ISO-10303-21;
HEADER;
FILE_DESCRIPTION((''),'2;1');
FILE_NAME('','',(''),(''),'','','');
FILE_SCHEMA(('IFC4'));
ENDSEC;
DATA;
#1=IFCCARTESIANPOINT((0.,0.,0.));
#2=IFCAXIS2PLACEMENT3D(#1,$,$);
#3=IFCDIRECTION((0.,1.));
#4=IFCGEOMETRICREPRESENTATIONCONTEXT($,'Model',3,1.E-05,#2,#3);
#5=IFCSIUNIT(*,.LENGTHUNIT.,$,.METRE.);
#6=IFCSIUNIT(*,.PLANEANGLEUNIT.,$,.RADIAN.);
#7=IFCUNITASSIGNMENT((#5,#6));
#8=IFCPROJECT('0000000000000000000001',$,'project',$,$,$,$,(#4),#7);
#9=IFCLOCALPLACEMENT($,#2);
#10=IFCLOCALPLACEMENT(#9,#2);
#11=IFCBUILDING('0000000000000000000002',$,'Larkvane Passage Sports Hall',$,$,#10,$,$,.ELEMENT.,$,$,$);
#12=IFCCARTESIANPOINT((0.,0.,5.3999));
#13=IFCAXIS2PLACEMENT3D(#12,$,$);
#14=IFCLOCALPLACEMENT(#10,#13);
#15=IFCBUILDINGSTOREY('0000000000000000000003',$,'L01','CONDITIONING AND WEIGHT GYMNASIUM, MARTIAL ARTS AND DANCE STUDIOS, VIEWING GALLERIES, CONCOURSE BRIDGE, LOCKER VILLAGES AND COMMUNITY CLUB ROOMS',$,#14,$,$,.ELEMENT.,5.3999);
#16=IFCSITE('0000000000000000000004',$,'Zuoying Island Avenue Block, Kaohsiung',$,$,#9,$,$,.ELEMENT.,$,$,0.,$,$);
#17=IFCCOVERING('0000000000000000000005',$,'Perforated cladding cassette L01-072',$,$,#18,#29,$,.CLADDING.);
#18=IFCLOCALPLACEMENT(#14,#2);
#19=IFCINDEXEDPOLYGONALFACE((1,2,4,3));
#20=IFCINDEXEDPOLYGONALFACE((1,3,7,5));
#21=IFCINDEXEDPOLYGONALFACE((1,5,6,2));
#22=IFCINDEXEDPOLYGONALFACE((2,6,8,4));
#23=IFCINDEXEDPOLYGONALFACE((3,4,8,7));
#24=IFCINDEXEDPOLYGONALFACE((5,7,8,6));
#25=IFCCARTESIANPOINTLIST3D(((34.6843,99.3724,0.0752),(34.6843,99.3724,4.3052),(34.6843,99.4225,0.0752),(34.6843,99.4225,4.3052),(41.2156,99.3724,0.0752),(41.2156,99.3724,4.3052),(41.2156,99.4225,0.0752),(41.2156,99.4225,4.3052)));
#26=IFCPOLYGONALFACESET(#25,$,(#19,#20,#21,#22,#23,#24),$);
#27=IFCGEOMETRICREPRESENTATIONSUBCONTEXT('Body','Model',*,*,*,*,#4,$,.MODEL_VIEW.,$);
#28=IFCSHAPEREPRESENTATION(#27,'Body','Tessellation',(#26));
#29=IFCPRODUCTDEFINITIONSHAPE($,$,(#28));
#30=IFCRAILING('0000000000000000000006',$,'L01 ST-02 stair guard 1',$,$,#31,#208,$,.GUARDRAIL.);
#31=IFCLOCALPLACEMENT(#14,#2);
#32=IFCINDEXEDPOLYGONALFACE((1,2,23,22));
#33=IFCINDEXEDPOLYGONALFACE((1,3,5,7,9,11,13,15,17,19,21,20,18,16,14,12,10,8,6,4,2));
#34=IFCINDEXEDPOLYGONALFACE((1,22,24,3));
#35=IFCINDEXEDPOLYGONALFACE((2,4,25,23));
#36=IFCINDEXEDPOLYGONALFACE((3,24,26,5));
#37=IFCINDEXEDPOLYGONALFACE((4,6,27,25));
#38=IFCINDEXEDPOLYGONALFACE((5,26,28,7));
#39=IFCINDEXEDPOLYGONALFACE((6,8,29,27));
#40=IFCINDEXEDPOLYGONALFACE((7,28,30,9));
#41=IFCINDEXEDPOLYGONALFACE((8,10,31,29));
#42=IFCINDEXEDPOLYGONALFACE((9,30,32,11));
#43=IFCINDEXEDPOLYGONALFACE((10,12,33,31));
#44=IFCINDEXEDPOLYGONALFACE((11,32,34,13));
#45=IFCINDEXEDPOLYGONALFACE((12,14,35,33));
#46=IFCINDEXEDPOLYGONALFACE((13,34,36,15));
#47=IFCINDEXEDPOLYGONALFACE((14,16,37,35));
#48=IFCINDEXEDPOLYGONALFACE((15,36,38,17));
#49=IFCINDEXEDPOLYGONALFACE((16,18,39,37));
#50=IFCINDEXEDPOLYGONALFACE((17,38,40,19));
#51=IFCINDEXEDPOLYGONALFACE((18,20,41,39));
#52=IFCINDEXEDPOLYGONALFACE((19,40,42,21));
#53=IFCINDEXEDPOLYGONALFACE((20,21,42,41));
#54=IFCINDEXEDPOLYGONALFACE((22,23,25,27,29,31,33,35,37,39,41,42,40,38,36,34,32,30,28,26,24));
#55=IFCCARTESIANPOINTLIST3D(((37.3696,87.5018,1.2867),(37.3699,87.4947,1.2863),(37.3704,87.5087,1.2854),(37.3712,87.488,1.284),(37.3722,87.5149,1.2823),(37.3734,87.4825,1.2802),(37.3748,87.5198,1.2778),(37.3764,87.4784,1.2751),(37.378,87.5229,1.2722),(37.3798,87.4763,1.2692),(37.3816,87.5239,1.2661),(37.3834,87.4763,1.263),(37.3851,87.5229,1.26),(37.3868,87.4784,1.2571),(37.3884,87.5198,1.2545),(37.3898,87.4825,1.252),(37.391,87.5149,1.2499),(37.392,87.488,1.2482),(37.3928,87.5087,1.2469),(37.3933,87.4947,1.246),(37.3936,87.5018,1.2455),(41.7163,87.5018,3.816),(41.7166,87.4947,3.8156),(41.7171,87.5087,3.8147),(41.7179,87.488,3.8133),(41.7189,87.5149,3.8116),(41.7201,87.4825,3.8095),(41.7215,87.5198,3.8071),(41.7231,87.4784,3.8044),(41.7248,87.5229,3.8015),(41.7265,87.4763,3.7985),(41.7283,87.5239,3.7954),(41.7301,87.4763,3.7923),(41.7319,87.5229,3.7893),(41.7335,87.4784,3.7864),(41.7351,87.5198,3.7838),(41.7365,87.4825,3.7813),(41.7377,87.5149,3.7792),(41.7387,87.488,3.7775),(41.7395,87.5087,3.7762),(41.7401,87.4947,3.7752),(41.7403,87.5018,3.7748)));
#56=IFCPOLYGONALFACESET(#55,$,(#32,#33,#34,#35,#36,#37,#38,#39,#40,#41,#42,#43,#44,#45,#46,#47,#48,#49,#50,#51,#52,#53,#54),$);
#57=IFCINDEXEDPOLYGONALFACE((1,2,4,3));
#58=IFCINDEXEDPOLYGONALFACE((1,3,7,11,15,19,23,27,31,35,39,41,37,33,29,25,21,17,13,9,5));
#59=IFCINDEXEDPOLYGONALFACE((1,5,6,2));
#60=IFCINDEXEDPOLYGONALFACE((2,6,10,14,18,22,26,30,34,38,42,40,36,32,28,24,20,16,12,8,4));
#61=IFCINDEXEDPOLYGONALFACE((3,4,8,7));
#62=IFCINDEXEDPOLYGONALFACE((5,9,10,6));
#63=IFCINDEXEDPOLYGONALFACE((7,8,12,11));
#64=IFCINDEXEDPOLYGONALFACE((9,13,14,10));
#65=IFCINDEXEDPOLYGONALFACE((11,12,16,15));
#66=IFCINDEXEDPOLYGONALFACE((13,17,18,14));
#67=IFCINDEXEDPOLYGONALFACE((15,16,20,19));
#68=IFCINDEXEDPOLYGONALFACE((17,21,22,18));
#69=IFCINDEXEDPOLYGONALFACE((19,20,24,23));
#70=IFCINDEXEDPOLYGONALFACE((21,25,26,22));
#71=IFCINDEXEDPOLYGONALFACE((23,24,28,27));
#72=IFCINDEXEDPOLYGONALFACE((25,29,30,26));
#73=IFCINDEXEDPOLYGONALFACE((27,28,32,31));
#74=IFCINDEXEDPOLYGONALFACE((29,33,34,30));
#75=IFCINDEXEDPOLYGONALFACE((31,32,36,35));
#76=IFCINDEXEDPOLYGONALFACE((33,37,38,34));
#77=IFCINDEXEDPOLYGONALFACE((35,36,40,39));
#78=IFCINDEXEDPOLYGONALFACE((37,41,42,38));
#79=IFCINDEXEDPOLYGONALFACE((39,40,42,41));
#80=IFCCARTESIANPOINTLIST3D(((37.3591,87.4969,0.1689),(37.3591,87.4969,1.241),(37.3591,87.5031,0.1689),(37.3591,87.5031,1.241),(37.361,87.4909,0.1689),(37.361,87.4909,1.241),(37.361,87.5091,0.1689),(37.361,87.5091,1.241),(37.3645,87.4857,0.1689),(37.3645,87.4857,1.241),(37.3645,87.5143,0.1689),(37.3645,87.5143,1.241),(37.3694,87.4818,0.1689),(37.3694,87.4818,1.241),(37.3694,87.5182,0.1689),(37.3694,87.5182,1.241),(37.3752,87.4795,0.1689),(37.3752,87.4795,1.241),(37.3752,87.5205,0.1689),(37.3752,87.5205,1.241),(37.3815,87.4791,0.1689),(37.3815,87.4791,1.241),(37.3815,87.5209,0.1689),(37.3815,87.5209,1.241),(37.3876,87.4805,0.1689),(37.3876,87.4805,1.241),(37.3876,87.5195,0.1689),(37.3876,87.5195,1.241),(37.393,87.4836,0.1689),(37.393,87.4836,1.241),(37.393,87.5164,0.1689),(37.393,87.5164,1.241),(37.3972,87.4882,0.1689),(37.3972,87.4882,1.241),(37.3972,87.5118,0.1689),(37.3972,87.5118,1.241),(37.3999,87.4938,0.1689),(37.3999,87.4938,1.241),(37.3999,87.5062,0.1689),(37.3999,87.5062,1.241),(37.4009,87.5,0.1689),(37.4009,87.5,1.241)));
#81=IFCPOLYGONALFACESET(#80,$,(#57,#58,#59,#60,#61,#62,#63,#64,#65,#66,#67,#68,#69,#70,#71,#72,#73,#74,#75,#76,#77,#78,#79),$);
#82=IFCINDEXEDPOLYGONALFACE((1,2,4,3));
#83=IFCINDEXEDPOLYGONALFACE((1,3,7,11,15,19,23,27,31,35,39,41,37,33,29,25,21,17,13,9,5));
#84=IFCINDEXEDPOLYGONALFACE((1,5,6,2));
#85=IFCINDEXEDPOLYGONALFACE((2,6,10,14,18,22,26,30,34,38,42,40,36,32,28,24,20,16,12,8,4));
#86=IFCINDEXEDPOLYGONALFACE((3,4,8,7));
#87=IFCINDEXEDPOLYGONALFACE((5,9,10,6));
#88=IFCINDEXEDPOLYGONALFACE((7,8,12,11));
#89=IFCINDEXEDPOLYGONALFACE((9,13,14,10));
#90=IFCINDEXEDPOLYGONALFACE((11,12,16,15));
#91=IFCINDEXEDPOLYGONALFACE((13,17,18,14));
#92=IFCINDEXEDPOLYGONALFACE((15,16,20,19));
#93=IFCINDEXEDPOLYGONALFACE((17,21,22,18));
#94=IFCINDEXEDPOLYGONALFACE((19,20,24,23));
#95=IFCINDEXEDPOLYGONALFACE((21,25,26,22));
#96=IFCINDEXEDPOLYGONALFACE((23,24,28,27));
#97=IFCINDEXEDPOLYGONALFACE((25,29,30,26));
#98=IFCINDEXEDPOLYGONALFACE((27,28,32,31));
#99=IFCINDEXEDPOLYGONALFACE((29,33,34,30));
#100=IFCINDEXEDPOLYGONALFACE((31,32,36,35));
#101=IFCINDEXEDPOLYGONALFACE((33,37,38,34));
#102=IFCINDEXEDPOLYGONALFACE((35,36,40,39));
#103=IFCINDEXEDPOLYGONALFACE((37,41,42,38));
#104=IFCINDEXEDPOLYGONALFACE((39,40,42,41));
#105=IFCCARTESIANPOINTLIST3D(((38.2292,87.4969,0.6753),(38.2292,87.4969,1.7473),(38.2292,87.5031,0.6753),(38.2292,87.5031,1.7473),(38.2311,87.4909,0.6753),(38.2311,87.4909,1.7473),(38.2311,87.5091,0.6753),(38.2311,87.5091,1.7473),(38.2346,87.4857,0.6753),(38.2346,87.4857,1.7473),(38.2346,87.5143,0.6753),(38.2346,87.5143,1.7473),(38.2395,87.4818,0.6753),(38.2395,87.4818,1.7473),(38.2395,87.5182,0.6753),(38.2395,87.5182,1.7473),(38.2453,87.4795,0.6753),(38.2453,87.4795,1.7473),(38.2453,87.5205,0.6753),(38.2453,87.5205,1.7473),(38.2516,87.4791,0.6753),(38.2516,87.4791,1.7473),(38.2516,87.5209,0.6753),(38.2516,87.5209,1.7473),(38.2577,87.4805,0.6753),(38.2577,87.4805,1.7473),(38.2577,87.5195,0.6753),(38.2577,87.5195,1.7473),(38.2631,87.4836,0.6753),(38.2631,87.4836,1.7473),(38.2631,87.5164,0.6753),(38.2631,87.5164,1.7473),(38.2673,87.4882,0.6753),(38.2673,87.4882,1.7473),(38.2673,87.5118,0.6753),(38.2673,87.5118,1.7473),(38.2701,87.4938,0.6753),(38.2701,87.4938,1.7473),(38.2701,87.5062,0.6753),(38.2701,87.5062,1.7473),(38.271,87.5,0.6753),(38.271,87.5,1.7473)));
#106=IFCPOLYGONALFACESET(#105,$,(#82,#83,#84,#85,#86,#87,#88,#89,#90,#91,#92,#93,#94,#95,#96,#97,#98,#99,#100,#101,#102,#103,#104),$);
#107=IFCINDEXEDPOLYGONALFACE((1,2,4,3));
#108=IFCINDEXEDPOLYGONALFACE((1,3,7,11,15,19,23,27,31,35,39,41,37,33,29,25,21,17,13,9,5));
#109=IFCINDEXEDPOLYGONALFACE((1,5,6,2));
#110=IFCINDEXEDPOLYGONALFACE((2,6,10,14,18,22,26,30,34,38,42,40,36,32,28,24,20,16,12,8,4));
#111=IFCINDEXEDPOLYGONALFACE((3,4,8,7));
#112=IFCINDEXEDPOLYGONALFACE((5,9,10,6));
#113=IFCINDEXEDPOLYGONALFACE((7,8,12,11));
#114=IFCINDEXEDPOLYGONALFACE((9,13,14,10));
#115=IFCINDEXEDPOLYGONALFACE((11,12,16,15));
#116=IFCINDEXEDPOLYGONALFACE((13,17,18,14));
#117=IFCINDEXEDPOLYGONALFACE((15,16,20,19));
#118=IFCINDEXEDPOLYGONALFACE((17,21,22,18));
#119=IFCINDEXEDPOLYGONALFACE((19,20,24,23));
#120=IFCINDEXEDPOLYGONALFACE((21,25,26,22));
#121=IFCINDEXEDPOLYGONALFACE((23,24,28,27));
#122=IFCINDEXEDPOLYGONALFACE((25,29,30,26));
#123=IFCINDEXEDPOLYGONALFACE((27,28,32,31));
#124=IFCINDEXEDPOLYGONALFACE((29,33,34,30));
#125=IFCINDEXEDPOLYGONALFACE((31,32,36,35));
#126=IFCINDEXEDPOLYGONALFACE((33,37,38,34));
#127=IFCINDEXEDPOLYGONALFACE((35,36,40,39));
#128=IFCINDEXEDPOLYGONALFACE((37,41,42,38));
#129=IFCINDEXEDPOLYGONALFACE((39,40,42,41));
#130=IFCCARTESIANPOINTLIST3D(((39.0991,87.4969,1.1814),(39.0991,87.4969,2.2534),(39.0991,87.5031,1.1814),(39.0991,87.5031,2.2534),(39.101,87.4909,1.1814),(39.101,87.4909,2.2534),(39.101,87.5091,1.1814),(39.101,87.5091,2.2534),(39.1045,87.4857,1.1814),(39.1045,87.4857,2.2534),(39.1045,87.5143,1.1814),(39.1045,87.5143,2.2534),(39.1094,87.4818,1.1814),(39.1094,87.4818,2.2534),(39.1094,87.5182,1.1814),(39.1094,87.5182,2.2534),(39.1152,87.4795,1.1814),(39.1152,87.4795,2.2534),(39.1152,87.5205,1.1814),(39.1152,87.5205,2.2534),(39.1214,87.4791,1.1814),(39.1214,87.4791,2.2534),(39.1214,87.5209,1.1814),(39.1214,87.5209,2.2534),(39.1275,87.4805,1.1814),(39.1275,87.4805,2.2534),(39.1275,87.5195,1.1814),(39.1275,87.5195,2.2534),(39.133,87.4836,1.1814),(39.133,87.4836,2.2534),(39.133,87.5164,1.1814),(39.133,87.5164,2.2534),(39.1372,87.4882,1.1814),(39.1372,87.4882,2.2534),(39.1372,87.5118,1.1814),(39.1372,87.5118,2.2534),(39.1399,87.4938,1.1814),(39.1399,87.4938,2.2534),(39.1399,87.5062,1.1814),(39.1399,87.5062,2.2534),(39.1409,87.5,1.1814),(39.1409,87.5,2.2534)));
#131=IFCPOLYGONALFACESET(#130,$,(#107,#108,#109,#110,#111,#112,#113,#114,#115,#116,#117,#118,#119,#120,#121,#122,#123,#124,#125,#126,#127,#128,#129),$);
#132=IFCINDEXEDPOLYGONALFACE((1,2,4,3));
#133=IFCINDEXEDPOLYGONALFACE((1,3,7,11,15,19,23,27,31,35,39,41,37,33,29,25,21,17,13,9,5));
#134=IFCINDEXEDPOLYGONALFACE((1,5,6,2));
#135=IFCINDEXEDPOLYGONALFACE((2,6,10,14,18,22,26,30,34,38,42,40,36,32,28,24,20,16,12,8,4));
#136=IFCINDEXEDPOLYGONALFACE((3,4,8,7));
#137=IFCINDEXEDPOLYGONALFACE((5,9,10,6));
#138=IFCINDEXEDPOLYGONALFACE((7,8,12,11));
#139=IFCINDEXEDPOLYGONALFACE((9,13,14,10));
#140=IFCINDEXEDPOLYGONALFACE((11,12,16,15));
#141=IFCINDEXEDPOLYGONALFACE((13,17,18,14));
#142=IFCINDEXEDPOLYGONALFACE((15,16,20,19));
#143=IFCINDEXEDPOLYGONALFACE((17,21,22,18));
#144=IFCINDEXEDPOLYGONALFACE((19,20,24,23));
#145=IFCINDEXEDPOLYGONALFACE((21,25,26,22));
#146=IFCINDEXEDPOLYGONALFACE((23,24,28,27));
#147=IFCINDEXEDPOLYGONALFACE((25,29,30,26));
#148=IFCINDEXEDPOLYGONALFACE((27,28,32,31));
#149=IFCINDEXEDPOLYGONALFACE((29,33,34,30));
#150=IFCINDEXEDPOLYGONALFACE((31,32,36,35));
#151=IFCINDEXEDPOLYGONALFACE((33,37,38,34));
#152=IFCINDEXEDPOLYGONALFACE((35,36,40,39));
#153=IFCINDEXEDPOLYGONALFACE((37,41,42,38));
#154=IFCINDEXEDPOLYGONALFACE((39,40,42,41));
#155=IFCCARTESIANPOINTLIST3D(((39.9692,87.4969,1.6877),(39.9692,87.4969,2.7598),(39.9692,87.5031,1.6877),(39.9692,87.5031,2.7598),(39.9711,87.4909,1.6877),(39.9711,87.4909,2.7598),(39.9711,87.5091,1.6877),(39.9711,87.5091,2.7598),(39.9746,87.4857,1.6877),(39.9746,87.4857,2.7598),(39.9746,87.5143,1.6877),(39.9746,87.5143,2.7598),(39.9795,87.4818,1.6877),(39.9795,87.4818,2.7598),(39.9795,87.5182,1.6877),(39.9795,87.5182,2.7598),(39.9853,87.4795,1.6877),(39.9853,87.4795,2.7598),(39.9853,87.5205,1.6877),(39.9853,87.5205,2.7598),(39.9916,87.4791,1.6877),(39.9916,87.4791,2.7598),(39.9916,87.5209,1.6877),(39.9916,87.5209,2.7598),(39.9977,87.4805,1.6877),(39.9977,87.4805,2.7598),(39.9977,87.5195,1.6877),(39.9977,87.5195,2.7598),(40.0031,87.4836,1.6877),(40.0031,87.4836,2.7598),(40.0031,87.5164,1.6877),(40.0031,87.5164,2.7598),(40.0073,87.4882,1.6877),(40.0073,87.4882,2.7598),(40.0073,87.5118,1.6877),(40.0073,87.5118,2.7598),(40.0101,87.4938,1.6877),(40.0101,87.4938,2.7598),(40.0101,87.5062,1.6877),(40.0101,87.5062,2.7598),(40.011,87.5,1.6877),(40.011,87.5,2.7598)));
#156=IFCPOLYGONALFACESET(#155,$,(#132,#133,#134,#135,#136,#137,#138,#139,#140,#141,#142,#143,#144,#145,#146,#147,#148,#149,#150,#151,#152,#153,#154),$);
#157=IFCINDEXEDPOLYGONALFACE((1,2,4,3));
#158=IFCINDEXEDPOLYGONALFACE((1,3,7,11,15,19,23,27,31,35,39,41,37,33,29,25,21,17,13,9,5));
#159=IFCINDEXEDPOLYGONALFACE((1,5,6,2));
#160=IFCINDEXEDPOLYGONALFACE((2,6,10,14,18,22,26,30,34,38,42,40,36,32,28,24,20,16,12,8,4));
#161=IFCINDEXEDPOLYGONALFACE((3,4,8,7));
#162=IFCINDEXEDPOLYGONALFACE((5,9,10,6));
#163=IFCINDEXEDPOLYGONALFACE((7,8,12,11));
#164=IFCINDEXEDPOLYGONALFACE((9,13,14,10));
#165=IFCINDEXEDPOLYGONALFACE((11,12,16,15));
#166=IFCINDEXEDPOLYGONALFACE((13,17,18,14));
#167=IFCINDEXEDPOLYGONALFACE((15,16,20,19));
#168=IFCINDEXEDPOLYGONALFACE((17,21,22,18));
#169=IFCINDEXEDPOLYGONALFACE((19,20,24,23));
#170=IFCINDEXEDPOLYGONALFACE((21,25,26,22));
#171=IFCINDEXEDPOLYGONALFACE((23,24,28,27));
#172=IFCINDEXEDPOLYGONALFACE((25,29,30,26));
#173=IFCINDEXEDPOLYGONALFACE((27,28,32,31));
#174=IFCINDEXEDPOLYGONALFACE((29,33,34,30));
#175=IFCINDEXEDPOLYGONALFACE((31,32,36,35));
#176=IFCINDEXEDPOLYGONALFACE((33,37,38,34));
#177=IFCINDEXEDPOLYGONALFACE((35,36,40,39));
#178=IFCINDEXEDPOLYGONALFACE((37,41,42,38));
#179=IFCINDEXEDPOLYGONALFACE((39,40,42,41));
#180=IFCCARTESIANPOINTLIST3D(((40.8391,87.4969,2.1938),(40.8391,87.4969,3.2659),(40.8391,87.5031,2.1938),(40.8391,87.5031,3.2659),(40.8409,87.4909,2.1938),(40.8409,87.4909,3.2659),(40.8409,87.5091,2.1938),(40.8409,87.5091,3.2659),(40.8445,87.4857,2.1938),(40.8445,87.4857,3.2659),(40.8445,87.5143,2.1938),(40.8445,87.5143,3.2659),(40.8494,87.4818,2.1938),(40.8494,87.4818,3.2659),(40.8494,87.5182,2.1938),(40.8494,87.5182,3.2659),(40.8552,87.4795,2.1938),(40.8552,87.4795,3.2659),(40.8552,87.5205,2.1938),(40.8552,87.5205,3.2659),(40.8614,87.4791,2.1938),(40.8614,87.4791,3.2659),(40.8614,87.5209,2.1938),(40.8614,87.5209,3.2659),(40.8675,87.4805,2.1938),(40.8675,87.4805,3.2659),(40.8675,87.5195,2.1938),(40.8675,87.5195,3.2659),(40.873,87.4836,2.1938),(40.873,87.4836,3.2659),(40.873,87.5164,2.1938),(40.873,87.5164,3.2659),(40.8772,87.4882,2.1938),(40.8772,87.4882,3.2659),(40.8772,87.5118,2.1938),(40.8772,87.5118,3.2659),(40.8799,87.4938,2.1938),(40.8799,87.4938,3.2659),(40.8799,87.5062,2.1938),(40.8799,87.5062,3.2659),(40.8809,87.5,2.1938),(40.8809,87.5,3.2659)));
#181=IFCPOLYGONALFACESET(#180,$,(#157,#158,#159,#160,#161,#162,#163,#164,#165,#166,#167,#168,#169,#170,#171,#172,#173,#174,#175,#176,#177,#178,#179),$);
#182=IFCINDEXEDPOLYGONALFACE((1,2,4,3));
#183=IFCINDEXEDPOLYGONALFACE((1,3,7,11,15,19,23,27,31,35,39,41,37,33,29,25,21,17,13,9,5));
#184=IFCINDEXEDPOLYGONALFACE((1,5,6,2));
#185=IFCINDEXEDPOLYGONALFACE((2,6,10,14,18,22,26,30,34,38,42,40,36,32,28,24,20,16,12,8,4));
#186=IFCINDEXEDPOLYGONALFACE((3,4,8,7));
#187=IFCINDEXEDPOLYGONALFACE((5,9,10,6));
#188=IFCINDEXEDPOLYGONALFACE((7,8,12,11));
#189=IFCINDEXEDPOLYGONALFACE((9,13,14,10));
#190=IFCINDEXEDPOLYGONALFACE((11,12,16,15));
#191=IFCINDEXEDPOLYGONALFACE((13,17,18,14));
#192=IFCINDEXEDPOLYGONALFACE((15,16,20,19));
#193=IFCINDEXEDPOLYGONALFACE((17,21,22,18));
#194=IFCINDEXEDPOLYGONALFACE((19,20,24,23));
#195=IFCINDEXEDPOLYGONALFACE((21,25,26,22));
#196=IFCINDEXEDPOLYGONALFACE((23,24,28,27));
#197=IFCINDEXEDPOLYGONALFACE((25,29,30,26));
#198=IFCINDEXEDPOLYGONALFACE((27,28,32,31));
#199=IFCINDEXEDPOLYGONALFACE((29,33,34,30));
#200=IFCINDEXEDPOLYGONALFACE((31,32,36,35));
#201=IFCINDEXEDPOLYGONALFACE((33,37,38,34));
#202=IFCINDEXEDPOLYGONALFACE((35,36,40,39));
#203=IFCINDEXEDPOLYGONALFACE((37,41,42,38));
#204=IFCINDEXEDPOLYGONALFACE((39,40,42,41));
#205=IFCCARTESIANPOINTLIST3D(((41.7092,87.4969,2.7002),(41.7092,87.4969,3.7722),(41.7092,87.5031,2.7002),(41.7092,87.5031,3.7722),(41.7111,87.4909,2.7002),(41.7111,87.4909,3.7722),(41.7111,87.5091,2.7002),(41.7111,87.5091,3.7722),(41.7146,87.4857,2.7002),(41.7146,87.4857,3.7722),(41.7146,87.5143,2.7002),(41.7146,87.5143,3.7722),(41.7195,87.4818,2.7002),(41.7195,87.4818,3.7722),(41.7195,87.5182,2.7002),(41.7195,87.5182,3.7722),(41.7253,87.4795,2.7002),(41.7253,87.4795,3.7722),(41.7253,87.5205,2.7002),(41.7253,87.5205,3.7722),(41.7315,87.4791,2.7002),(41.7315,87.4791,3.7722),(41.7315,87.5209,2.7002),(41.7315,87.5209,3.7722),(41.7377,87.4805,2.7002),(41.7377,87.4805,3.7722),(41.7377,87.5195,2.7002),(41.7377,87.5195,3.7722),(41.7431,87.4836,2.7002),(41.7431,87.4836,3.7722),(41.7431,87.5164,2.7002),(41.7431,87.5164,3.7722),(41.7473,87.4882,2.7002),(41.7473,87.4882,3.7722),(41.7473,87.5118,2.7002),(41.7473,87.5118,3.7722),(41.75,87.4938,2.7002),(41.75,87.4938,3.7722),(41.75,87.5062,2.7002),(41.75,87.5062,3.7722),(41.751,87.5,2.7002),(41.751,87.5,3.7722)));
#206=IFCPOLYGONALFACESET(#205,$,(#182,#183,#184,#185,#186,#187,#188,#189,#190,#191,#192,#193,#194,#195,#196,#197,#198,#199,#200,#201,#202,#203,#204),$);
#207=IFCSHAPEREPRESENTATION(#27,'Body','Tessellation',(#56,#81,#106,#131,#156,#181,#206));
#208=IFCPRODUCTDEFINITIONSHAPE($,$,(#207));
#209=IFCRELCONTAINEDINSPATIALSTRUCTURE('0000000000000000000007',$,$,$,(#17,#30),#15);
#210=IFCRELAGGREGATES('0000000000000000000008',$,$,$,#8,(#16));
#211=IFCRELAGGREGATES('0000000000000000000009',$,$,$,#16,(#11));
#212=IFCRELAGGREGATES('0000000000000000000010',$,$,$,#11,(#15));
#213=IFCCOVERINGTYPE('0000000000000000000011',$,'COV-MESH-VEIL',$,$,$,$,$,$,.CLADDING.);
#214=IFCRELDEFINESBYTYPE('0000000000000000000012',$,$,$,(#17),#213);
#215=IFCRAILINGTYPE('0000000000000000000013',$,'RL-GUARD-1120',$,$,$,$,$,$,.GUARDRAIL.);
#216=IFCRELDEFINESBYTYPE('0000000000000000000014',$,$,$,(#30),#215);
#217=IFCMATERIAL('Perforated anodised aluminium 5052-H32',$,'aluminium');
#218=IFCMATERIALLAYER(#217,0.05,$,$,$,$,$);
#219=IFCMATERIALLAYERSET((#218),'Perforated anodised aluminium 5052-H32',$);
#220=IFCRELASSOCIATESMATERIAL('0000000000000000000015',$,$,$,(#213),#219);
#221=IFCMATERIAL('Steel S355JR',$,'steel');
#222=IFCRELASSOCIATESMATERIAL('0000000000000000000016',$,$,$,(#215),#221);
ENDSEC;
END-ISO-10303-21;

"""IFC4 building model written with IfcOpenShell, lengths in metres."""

from ifc_helpers import new_model, si_unit, direction, frame, origin, origin_2d, place, context, subcontext, project, spatial, rectangle, circle, extrude, material, layer, layer_set, type_object, element, save


model = new_model("IFC4")

# Units and contexts
model_context = context("Model", 3, precision=1e-05, world=origin(), true_north=direction((0.0, 1.0)))
body_context = subcontext(model_context, "Body", "Model", "MODEL_VIEW")
ifc_project = project(units=[si_unit("LENGTHUNIT", "METRE"), si_unit("PLANEANGLEUNIT", "RADIAN")], contexts=[model_context])

# Site, building, storey
site_placement = place(None, origin())
site = spatial("IfcSite", under=ifc_project, at=site_placement, Name="Zuoying Island Avenue Block, Kaohsiung", CompositionType="ELEMENT", RefElevation=0.0)
building_placement = place(site_placement, origin())
building = spatial("IfcBuilding", under=site, at=building_placement, Name="Larkvane Passage Sports Hall", CompositionType="ELEMENT")
storey_placement = place(building_placement, frame((0.0, 0.0, 5.3999)))
storey = spatial("IfcBuildingStorey", under=building, at=storey_placement, Name="L01", Description="CONDITIONING AND WEIGHT GYMNASIUM, MARTIAL ARTS AND DANCE STUDIOS, VIEWING GALLERIES, CONCOURSE BRIDGE, LOCKER VILLAGES AND COMMUNITY CLUB ROOMS", CompositionType="ELEMENT", Elevation=5.3999)

# Shared definitions
ifc_material_1 = material(Name="Steel S355JR", Category="steel")

# Covering
ifc_material_2 = material(Name="Perforated anodised aluminium 5052-H32", Category="aluminium")
ifc_layer_1 = layer(ifc_material_2, 0.05)
ifc_layer_set_1 = layer_set([ifc_layer_1], Name="Perforated anodised aluminium 5052-H32")
covering_type = type_object("IfcCoveringType", Name="COV-MESH-VEIL", PredefinedType="CLADDING", material=ifc_layer_set_1)
covering_placement = place(storey_placement, frame((37.95, 99.3975, 0.0752), z_axis=(0.0, 0.0, 1.0), x_axis=(1.0, 0.0, 0.0)))
element("IfcCovering", 1, at=covering_placement, inside=storey, type_object=covering_type, Name="Perforated cladding cassette L01-072", PredefinedType="CLADDING", context=body_context, shape_type="SweptSolid", body=[
    extrude(rectangle(XDim=6.5312, YDim=0.05, at=origin_2d()), origin(), (0.0, 0.0, 1.0), 4.23),
])

# Railing
railing_type_1 = type_object("IfcRailingType", Name="RL-GUARD-1120", PredefinedType="GUARDRAIL", material=ifc_material_1)
railing_1_placement = place(storey_placement, frame((37.3799, 87.5, 0.1689)))
element("IfcRailing", 2, at=railing_1_placement, inside=storey, type_object=railing_type_1, Name="L01 ST-02 stair guard 1", PredefinedType="GUARDRAIL", context=body_context, shape_type="SweptSolid", body=[
    extrude(circle(Radius=0.0239, at=origin_2d()), frame((0.0017, 0.0, 1.0972), z_axis=(0.864324, 0.0, 0.502936), x_axis=(0.0, 1.0, 0.0)), (0.0, 0.0, 1.0), 5.0291),
    extrude(circle(Radius=0.021, at=origin_2d()), origin(), (0.0, 0.0, 1.0), 1.072),
    extrude(circle(Radius=0.021, at=origin_2d()), frame((0.8701, 0.0, 0.5063)), (0.0, 0.0, 1.0), 1.072),
    extrude(circle(Radius=0.021, at=origin_2d()), frame((1.74, 0.0, 1.0125)), (0.0, 0.0, 1.0), 1.072),
    extrude(circle(Radius=0.021, at=origin_2d()), frame((2.6101, 0.0, 1.5188)), (0.0, 0.0, 1.0), 1.072),
    extrude(circle(Radius=0.021, at=origin_2d()), frame((3.48, 0.0, 2.0249)), (0.0, 0.0, 1.0), 1.072),
    extrude(circle(Radius=0.021, at=origin_2d()), frame((4.3501, 0.0, 2.5312)), (0.0, 0.0, 1.0), 1.072),
])

save(model, "model.ifc")
